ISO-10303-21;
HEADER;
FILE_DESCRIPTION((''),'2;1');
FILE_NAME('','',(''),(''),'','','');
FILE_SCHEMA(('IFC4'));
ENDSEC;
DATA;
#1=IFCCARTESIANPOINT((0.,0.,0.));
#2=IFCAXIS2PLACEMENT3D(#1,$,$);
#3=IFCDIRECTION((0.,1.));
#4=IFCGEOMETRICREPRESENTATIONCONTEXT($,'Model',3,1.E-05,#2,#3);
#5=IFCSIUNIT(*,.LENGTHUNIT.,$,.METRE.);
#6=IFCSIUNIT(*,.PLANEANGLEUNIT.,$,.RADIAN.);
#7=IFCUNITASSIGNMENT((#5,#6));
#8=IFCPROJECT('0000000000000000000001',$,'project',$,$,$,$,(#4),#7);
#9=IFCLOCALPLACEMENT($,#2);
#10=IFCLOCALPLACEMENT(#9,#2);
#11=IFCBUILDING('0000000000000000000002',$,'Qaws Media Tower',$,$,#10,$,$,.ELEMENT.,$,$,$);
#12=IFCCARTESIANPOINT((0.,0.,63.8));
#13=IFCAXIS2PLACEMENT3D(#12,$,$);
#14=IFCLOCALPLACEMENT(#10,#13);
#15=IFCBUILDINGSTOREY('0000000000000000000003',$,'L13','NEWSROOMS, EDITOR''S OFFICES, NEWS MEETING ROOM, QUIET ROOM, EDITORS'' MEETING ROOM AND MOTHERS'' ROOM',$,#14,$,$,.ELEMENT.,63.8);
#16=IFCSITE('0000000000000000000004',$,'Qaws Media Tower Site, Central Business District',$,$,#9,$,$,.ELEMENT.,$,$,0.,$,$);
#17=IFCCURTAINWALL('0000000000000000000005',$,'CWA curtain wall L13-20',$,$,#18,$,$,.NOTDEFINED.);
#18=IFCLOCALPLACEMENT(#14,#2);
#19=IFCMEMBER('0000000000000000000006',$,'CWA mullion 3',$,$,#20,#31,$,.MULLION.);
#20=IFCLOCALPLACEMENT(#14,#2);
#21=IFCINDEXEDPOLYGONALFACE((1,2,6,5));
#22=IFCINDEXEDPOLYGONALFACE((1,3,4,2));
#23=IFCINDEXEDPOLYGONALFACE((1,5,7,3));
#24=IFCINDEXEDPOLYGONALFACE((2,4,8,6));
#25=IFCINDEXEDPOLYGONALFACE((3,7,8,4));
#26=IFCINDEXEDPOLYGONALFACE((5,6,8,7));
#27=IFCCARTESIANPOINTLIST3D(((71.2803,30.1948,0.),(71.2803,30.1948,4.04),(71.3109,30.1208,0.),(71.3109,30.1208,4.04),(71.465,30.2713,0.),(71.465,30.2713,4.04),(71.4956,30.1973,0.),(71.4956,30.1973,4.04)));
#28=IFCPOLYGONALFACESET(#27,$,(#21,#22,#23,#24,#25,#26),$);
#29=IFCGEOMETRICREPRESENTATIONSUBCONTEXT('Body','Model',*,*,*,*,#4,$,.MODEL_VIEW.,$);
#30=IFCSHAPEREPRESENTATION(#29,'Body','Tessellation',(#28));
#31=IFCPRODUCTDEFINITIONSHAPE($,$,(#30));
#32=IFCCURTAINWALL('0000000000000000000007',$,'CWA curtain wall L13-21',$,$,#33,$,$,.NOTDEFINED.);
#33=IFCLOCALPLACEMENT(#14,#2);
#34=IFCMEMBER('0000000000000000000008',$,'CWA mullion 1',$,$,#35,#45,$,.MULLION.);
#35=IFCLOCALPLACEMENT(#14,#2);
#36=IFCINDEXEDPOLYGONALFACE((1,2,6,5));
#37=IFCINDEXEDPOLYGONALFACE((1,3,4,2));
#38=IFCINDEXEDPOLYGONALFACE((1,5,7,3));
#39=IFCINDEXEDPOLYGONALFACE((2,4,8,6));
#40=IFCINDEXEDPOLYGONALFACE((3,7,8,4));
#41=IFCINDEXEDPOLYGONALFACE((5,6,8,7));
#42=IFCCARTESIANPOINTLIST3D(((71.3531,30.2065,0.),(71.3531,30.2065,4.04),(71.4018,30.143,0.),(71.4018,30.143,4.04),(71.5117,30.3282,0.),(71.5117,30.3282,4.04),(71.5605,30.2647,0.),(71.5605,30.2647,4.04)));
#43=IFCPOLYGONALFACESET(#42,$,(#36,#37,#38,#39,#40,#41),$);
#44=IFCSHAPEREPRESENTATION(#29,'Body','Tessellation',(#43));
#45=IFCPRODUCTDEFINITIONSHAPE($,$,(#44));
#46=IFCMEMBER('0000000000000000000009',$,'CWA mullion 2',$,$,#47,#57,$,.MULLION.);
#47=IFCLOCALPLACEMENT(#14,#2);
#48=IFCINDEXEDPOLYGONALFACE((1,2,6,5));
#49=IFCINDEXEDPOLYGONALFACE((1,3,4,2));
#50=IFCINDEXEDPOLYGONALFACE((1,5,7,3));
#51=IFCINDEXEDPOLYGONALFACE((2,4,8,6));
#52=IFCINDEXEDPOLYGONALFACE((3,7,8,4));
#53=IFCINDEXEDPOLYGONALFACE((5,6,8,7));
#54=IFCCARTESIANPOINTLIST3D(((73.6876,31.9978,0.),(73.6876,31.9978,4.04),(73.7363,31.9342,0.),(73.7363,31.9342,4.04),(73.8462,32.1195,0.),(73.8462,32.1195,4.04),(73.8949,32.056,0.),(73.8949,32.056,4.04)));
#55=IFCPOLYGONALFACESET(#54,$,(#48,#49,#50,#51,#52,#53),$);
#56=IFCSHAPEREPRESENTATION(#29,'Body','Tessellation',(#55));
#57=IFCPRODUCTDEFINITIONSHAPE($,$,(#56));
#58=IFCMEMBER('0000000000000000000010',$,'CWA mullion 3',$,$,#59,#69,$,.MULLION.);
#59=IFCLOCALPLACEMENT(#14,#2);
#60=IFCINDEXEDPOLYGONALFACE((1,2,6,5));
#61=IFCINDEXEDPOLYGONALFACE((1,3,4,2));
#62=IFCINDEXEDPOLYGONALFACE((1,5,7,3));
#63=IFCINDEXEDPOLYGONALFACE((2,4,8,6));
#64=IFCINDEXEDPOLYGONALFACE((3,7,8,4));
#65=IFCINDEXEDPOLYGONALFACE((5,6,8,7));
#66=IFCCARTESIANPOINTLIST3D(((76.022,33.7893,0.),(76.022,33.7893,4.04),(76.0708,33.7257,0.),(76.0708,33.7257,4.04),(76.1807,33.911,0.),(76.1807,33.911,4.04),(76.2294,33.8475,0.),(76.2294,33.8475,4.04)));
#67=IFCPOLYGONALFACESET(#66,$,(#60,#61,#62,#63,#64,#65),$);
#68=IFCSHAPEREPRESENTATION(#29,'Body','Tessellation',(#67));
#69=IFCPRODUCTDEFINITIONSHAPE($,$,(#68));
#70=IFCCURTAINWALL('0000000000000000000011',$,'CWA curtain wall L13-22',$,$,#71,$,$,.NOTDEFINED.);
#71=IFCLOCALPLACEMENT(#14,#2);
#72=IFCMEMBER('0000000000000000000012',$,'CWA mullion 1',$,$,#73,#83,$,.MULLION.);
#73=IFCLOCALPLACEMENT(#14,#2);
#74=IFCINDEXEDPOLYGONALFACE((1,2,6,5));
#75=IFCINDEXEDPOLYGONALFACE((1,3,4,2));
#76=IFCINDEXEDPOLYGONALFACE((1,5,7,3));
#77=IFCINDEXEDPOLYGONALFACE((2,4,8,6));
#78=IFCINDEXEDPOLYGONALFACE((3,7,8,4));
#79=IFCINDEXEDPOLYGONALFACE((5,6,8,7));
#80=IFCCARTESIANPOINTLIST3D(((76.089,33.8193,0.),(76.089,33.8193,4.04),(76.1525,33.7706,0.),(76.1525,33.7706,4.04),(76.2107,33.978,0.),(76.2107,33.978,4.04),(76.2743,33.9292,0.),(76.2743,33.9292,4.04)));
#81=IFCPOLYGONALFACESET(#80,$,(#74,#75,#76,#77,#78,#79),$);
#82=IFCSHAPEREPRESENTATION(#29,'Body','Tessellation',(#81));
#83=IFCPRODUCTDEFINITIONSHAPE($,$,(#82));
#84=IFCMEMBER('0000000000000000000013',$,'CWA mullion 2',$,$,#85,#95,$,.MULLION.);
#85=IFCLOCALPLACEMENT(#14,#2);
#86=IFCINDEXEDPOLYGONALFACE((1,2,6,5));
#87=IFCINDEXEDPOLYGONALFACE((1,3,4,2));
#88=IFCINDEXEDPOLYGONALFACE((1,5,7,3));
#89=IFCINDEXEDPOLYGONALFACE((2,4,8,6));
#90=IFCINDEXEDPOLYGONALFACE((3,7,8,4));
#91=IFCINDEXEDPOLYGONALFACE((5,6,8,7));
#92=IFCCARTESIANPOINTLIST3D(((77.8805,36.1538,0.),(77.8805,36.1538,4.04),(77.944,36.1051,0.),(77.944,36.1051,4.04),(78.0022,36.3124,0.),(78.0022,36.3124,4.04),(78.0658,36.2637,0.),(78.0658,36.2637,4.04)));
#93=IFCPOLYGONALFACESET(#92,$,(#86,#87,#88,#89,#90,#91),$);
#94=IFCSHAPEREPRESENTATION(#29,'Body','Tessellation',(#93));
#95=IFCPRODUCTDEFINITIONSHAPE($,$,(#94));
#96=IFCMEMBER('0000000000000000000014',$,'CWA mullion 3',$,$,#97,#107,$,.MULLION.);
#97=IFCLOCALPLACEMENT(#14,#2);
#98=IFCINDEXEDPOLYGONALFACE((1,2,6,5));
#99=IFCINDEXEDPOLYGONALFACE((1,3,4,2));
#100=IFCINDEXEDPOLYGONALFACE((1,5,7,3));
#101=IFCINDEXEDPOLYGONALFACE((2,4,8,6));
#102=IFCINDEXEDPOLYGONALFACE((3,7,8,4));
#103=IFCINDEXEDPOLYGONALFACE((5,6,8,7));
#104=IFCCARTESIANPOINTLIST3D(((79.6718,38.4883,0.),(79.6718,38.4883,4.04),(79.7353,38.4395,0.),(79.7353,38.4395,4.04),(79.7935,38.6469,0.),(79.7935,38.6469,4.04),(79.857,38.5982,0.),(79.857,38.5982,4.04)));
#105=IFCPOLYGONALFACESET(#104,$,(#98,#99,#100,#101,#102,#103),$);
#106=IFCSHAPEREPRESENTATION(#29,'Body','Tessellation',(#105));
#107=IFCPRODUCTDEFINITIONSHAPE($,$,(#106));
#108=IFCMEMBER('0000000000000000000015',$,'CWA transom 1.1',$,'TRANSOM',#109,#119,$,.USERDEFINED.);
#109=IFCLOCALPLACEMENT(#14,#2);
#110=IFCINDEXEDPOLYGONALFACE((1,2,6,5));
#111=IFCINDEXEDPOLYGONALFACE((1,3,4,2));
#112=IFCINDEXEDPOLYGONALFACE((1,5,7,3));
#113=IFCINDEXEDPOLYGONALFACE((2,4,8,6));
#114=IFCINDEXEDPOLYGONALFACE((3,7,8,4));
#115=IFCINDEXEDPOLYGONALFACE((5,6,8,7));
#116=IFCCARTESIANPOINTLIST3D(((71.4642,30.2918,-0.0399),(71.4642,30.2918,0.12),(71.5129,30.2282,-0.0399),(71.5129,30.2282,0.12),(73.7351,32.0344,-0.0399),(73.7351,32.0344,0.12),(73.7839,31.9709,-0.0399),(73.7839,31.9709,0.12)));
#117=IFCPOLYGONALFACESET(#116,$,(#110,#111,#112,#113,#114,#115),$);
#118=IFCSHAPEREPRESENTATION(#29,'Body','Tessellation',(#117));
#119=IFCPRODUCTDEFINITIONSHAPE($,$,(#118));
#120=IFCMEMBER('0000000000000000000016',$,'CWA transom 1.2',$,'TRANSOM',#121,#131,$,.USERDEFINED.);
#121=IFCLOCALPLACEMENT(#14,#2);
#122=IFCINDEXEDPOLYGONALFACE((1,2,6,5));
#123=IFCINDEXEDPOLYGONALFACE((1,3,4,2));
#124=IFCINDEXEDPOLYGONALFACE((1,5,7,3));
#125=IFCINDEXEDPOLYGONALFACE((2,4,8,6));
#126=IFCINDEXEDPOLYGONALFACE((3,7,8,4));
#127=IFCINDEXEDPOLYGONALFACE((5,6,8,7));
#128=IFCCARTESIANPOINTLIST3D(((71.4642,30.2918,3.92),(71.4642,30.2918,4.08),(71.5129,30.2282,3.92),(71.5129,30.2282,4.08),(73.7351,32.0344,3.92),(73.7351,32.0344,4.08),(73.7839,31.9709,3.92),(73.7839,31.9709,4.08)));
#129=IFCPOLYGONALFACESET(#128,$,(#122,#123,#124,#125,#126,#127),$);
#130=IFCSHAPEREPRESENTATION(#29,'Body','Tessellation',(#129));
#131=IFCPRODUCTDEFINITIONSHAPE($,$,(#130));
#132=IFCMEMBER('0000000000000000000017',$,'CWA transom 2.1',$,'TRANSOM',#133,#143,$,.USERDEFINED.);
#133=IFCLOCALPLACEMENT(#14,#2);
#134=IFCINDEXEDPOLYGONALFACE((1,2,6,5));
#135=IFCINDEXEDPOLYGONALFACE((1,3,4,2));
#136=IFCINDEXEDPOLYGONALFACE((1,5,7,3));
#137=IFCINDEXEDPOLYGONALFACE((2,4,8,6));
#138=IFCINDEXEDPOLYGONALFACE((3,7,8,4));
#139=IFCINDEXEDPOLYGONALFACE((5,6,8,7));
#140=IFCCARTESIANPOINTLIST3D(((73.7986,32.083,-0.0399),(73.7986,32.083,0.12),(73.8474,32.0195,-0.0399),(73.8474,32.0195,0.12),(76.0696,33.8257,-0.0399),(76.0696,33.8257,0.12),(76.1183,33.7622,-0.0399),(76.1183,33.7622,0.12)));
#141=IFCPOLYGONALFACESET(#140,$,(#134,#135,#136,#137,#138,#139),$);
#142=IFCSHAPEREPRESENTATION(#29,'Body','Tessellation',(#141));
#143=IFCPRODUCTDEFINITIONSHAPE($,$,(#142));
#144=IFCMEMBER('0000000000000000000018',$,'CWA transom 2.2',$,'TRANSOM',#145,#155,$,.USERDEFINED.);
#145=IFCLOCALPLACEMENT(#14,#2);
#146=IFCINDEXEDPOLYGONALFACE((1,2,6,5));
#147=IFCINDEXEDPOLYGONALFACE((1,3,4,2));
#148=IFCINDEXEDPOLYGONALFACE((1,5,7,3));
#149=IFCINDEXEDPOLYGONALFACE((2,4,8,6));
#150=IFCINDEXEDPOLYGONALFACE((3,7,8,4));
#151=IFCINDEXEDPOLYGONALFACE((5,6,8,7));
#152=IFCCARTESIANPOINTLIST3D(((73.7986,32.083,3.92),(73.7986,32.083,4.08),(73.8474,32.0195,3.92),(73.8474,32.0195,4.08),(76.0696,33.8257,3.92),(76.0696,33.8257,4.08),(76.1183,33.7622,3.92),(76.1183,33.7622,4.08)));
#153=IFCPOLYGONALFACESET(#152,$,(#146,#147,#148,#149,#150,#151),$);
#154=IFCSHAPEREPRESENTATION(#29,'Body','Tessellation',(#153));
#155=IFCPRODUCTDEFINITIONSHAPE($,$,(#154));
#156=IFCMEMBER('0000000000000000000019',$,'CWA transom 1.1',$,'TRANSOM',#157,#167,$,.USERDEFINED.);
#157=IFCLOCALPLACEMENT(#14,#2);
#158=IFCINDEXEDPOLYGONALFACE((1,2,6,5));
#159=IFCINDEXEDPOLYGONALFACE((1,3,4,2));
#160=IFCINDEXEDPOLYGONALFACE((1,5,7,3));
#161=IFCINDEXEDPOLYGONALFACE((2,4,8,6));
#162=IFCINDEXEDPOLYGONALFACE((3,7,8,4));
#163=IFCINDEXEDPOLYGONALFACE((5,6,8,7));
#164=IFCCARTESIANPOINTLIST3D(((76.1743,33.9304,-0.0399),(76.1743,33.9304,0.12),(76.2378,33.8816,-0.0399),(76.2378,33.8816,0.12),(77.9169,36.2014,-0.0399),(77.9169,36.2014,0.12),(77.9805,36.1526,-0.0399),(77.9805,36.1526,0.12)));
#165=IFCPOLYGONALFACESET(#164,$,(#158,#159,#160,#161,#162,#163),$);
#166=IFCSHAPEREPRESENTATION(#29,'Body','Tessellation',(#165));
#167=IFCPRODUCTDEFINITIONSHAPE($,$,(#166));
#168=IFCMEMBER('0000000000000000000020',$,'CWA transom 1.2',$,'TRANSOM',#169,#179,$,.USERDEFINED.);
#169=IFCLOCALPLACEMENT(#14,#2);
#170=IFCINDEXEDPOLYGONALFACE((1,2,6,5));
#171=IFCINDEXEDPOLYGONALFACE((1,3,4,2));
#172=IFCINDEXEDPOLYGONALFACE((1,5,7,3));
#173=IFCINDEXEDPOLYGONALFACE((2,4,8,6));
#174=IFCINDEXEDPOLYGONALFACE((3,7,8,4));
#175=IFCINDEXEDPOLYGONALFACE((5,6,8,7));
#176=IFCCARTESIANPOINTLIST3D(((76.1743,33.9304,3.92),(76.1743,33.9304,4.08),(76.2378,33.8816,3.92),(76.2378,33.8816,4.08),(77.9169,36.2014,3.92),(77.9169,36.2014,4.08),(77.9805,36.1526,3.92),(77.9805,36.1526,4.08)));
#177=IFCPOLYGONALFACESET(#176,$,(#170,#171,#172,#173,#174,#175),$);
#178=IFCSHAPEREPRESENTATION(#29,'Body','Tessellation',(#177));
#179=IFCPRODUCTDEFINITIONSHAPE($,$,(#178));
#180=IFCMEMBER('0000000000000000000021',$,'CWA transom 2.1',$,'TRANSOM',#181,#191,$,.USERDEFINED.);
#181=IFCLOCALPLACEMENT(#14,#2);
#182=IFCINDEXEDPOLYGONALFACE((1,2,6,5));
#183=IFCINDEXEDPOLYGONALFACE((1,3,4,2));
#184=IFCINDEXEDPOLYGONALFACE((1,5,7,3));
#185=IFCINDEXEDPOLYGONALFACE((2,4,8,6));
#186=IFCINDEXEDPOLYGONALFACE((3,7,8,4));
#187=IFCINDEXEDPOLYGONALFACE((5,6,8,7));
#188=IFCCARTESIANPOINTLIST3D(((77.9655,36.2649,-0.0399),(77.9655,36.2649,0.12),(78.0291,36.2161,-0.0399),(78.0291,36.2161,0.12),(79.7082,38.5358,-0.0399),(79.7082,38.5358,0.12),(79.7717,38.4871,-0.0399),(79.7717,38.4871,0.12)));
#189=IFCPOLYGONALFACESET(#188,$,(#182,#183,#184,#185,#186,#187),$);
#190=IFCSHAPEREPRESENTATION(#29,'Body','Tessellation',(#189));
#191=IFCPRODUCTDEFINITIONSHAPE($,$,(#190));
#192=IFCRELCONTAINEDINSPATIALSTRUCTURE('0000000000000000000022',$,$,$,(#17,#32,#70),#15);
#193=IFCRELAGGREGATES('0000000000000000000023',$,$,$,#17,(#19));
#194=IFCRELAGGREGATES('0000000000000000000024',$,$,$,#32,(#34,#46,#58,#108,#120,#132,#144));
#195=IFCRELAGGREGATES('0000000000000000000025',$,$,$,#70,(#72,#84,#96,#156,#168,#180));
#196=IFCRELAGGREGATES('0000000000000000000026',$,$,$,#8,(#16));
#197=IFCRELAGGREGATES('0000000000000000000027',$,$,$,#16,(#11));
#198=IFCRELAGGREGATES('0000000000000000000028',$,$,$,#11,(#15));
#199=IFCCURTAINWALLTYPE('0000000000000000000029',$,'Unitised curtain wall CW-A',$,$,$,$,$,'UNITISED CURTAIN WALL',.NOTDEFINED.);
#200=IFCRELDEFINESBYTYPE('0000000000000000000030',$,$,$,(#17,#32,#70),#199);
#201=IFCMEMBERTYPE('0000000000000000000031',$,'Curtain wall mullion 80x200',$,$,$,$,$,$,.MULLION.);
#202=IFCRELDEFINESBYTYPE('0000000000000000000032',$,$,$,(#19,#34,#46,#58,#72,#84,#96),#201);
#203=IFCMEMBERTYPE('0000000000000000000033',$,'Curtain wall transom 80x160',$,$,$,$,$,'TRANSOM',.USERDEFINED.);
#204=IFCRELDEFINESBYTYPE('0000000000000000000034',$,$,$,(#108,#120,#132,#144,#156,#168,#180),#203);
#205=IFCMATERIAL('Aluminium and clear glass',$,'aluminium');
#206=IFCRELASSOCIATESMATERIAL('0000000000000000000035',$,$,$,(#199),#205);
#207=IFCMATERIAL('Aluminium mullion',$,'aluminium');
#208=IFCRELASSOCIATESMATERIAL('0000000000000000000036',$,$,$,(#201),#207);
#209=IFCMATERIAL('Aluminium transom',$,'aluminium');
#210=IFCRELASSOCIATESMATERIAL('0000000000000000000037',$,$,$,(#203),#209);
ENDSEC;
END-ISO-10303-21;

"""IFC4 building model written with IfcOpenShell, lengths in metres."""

from ifc_helpers import new_model, si_unit, direction, frame, origin, origin_2d, place, context, subcontext, project, spatial, rectangle, extrude, material, material_profile, profile_set, type_object, element, aggregate, save


model = new_model("IFC4")

# Units and contexts
model_context = context("Model", 3, precision=1e-05, world=origin(), true_north=direction((0.0, 1.0)))
body_context = subcontext(model_context, "Body", "Model", "MODEL_VIEW")
ifc_project = project(units=[si_unit("LENGTHUNIT", "METRE"), si_unit("PLANEANGLEUNIT", "RADIAN")], contexts=[model_context])

# Site, building, storey
site_placement = place(None, origin())
site = spatial("IfcSite", under=ifc_project, at=site_placement, Name="Qaws Media Tower Site, Central Business District", CompositionType="ELEMENT", RefElevation=0.0)
building_placement = place(site_placement, origin())
building = spatial("IfcBuilding", under=site, at=building_placement, Name="Qaws Media Tower", CompositionType="ELEMENT")
storey_placement = place(building_placement, frame((0.0, 0.0, 63.8)))
storey = spatial("IfcBuildingStorey", under=building, at=storey_placement, Name="L13", Description="NEWSROOMS, EDITOR'S OFFICES, NEWS MEETING ROOM, QUIET ROOM, EDITORS' MEETING ROOM AND MOTHERS' ROOM", CompositionType="ELEMENT", Elevation=63.8)

# Curtain wall, member
ifc_material_1 = material(Name="Aluminium and clear glass", Category="aluminium")
curtain_wall_type = type_object("IfcCurtainWallType", Name="Unitised curtain wall CW-A", ElementType="UNITISED CURTAIN WALL", PredefinedType="NOTDEFINED", material=ifc_material_1)
curtain_wall_1_placement = place(storey_placement, origin())
curtain_wall_1 = element("IfcCurtainWall", 1, at=curtain_wall_1_placement, inside=storey, type_object=curtain_wall_type, Name="CWA curtain wall L13-20", PredefinedType="NOTDEFINED")
ifc_material_2 = material(Name="Aluminium mullion", Category="aluminium")
ifc_material_profile_1 = material_profile(ifc_material_2, rectangle(XDim=0.0801, YDim=0.2, at=origin_2d()), Name="80x200")
ifc_profile_set_1 = profile_set([ifc_material_profile_1], Name="Aluminium mullion")
member_type_1 = type_object("IfcMemberType", Name="Curtain wall mullion 80x200", PredefinedType="MULLION", material=ifc_profile_set_1)
member_1_placement = place(storey_placement, frame((71.3879, 30.196, 0.0), z_axis=(0.0, 0.0, 1.0), x_axis=(-0.382683, 0.92388, 0.0)))
member_1 = element("IfcMember", 2, at=member_1_placement, type_object=member_type_1, Name="CWA mullion 3", PredefinedType="MULLION", context=body_context, shape_type="SweptSolid", body=[
    extrude(rectangle(XDim=0.0801, YDim=0.2, at=origin_2d()), origin(), (0.0, 0.0, 1.0), 4.04),
])
aggregate(curtain_wall_1, [member_1])

# Curtain walls, members
curtain_wall_2_placement = place(storey_placement, origin())
curtain_wall_2 = element("IfcCurtainWall", 3, at=curtain_wall_2_placement, inside=storey, type_object=curtain_wall_type, Name="CWA curtain wall L13-21", PredefinedType="NOTDEFINED")
member_2_placement = place(storey_placement, frame((71.4568, 30.2356, 0.0), z_axis=(0.0, 0.0, 1.0), x_axis=(-0.608761, 0.793353, 0.0)))
member_2 = element("IfcMember", 4, at=member_2_placement, type_object=member_type_1, Name="CWA mullion 1", PredefinedType="MULLION", context=body_context, shape_type="SweptSolid", body=[
    extrude(rectangle(XDim=0.0801, YDim=0.2, at=origin_2d()), origin(), (0.0, 0.0, 1.0), 4.04),
])
member_3_placement = place(storey_placement, frame((73.7913, 32.0269, 0.0), z_axis=(0.0, 0.0, 1.0), x_axis=(-0.608761, 0.793353, 0.0)))
member_3 = element("IfcMember", 5, at=member_3_placement, type_object=member_type_1, Name="CWA mullion 2", PredefinedType="MULLION", context=body_context, shape_type="SweptSolid", body=[
    extrude(rectangle(XDim=0.0801, YDim=0.2, at=origin_2d()), origin(), (0.0, 0.0, 1.0), 4.04),
])
member_4_placement = place(storey_placement, frame((76.1257, 33.8184, 0.0), z_axis=(0.0, 0.0, 1.0), x_axis=(-0.608761, 0.793353, 0.0)))
member_4 = element("IfcMember", 6, at=member_4_placement, type_object=member_type_1, Name="CWA mullion 3", PredefinedType="MULLION", context=body_context, shape_type="SweptSolid", body=[
    extrude(rectangle(XDim=0.0801, YDim=0.2, at=origin_2d()), origin(), (0.0, 0.0, 1.0), 4.04),
])
curtain_wall_3_placement = place(storey_placement, origin())
curtain_wall_3 = element("IfcCurtainWall", 7, at=curtain_wall_3_placement, inside=storey, type_object=curtain_wall_type, Name="CWA curtain wall L13-22", PredefinedType="NOTDEFINED")
member_5_placement = place(storey_placement, frame((76.1816, 33.8743, 0.0), z_axis=(0.0, 0.0, 1.0), x_axis=(-0.793353, 0.608761, 0.0)))
member_5 = element("IfcMember", 8, at=member_5_placement, type_object=member_type_1, Name="CWA mullion 1", PredefinedType="MULLION", context=body_context, shape_type="SweptSolid", body=[
    extrude(rectangle(XDim=0.0801, YDim=0.2, at=origin_2d()), origin(), (0.0, 0.0, 1.0), 4.04),
])
member_6_placement = place(storey_placement, frame((77.9731, 36.2087, 0.0), z_axis=(0.0, 0.0, 1.0), x_axis=(-0.793353, 0.608761, 0.0)))
member_6 = element("IfcMember", 9, at=member_6_placement, type_object=member_type_1, Name="CWA mullion 2", PredefinedType="MULLION", context=body_context, shape_type="SweptSolid", body=[
    extrude(rectangle(XDim=0.0801, YDim=0.2, at=origin_2d()), origin(), (0.0, 0.0, 1.0), 4.04),
])
member_7_placement = place(storey_placement, frame((79.7644, 38.5432, 0.0), z_axis=(0.0, 0.0, 1.0), x_axis=(-0.793353, 0.608761, 0.0)))
member_7 = element("IfcMember", 10, at=member_7_placement, type_object=member_type_1, Name="CWA mullion 3", PredefinedType="MULLION", context=body_context, shape_type="SweptSolid", body=[
    extrude(rectangle(XDim=0.0801, YDim=0.2, at=origin_2d()), origin(), (0.0, 0.0, 1.0), 4.04),
])

# Members
ifc_material_3 = material(Name="Aluminium transom", Category="aluminium")
ifc_material_profile_2 = material_profile(ifc_material_3, rectangle(XDim=0.0801, YDim=0.1599, at=origin_2d()), Name="80x160")
ifc_profile_set_2 = profile_set([ifc_material_profile_2], Name="Aluminium transom")
member_type_2 = type_object("IfcMemberType", Name="Curtain wall transom 80x160", ElementType="TRANSOM", PredefinedType="USERDEFINED", material=ifc_profile_set_2)
member_8_placement = place(storey_placement, frame((71.4885, 30.26, 0.04), z_axis=(0.79334, 0.608779, 0.0), x_axis=(-0.608779, 0.79334, 0.0)))
member_8 = element("IfcMember", 11, at=member_8_placement, type_object=member_type_2, Name="CWA transom 1.1", ObjectType="TRANSOM", PredefinedType="USERDEFINED", context=body_context, shape_type="SweptSolid", body=[
    extrude(rectangle(XDim=0.0801, YDim=0.1599, at=origin_2d()), origin(), (0.0, 0.0, 1.0), 2.8625),
])
member_9_placement = place(storey_placement, frame((71.4885, 30.26, 4.0), z_axis=(0.79334, 0.608779, 0.0), x_axis=(-0.608779, 0.79334, 0.0)))
member_9 = element("IfcMember", 12, at=member_9_placement, type_object=member_type_2, Name="CWA transom 1.2", ObjectType="TRANSOM", PredefinedType="USERDEFINED", context=body_context, shape_type="SweptSolid", body=[
    extrude(rectangle(XDim=0.0801, YDim=0.1599, at=origin_2d()), origin(), (0.0, 0.0, 1.0), 2.8625),
])
member_10_placement = place(storey_placement, frame((73.823, 32.0513, 0.04), z_axis=(0.79334, 0.608779, 0.0), x_axis=(-0.608779, 0.79334, 0.0)))
member_10 = element("IfcMember", 13, at=member_10_placement, type_object=member_type_2, Name="CWA transom 2.1", ObjectType="TRANSOM", PredefinedType="USERDEFINED", context=body_context, shape_type="SweptSolid", body=[
    extrude(rectangle(XDim=0.0801, YDim=0.1599, at=origin_2d()), origin(), (0.0, 0.0, 1.0), 2.8625),
])
member_11_placement = place(storey_placement, frame((73.823, 32.0513, 4.0), z_axis=(0.79334, 0.608779, 0.0), x_axis=(-0.608779, 0.79334, 0.0)))
member_11 = element("IfcMember", 14, at=member_11_placement, type_object=member_type_2, Name="CWA transom 2.2", ObjectType="TRANSOM", PredefinedType="USERDEFINED", context=body_context, shape_type="SweptSolid", body=[
    extrude(rectangle(XDim=0.0801, YDim=0.1599, at=origin_2d()), origin(), (0.0, 0.0, 1.0), 2.8625),
])
member_12_placement = place(storey_placement, frame((76.2061, 33.906, 0.04), z_axis=(0.608779, 0.79334, 0.0), x_axis=(-0.79334, 0.608779, 0.0)))
member_12 = element("IfcMember", 15, at=member_12_placement, type_object=member_type_2, Name="CWA transom 1.1", ObjectType="TRANSOM", PredefinedType="USERDEFINED", context=body_context, shape_type="SweptSolid", body=[
    extrude(rectangle(XDim=0.0801, YDim=0.1599, at=origin_2d()), origin(), (0.0, 0.0, 1.0), 2.8625),
])
member_13_placement = place(storey_placement, frame((76.2061, 33.906, 4.0), z_axis=(0.608779, 0.79334, 0.0), x_axis=(-0.79334, 0.608779, 0.0)))
member_13 = element("IfcMember", 16, at=member_13_placement, type_object=member_type_2, Name="CWA transom 1.2", ObjectType="TRANSOM", PredefinedType="USERDEFINED", context=body_context, shape_type="SweptSolid", body=[
    extrude(rectangle(XDim=0.0801, YDim=0.1599, at=origin_2d()), origin(), (0.0, 0.0, 1.0), 2.8625),
])
member_14_placement = place(storey_placement, frame((77.9973, 36.2405, 0.04), z_axis=(0.608779, 0.79334, 0.0), x_axis=(-0.79334, 0.608779, 0.0)))
member_14 = element("IfcMember", 17, at=member_14_placement, type_object=member_type_2, Name="CWA transom 2.1", ObjectType="TRANSOM", PredefinedType="USERDEFINED", context=body_context, shape_type="SweptSolid", body=[
    extrude(rectangle(XDim=0.0801, YDim=0.1599, at=origin_2d()), origin(), (0.0, 0.0, 1.0), 2.8625),
])

aggregate(curtain_wall_2, [member_2, member_3, member_4, member_8, member_9, member_10, member_11])
aggregate(curtain_wall_3, [member_5, member_6, member_7, member_12, member_13, member_14])

save(model, "model.ifc")
